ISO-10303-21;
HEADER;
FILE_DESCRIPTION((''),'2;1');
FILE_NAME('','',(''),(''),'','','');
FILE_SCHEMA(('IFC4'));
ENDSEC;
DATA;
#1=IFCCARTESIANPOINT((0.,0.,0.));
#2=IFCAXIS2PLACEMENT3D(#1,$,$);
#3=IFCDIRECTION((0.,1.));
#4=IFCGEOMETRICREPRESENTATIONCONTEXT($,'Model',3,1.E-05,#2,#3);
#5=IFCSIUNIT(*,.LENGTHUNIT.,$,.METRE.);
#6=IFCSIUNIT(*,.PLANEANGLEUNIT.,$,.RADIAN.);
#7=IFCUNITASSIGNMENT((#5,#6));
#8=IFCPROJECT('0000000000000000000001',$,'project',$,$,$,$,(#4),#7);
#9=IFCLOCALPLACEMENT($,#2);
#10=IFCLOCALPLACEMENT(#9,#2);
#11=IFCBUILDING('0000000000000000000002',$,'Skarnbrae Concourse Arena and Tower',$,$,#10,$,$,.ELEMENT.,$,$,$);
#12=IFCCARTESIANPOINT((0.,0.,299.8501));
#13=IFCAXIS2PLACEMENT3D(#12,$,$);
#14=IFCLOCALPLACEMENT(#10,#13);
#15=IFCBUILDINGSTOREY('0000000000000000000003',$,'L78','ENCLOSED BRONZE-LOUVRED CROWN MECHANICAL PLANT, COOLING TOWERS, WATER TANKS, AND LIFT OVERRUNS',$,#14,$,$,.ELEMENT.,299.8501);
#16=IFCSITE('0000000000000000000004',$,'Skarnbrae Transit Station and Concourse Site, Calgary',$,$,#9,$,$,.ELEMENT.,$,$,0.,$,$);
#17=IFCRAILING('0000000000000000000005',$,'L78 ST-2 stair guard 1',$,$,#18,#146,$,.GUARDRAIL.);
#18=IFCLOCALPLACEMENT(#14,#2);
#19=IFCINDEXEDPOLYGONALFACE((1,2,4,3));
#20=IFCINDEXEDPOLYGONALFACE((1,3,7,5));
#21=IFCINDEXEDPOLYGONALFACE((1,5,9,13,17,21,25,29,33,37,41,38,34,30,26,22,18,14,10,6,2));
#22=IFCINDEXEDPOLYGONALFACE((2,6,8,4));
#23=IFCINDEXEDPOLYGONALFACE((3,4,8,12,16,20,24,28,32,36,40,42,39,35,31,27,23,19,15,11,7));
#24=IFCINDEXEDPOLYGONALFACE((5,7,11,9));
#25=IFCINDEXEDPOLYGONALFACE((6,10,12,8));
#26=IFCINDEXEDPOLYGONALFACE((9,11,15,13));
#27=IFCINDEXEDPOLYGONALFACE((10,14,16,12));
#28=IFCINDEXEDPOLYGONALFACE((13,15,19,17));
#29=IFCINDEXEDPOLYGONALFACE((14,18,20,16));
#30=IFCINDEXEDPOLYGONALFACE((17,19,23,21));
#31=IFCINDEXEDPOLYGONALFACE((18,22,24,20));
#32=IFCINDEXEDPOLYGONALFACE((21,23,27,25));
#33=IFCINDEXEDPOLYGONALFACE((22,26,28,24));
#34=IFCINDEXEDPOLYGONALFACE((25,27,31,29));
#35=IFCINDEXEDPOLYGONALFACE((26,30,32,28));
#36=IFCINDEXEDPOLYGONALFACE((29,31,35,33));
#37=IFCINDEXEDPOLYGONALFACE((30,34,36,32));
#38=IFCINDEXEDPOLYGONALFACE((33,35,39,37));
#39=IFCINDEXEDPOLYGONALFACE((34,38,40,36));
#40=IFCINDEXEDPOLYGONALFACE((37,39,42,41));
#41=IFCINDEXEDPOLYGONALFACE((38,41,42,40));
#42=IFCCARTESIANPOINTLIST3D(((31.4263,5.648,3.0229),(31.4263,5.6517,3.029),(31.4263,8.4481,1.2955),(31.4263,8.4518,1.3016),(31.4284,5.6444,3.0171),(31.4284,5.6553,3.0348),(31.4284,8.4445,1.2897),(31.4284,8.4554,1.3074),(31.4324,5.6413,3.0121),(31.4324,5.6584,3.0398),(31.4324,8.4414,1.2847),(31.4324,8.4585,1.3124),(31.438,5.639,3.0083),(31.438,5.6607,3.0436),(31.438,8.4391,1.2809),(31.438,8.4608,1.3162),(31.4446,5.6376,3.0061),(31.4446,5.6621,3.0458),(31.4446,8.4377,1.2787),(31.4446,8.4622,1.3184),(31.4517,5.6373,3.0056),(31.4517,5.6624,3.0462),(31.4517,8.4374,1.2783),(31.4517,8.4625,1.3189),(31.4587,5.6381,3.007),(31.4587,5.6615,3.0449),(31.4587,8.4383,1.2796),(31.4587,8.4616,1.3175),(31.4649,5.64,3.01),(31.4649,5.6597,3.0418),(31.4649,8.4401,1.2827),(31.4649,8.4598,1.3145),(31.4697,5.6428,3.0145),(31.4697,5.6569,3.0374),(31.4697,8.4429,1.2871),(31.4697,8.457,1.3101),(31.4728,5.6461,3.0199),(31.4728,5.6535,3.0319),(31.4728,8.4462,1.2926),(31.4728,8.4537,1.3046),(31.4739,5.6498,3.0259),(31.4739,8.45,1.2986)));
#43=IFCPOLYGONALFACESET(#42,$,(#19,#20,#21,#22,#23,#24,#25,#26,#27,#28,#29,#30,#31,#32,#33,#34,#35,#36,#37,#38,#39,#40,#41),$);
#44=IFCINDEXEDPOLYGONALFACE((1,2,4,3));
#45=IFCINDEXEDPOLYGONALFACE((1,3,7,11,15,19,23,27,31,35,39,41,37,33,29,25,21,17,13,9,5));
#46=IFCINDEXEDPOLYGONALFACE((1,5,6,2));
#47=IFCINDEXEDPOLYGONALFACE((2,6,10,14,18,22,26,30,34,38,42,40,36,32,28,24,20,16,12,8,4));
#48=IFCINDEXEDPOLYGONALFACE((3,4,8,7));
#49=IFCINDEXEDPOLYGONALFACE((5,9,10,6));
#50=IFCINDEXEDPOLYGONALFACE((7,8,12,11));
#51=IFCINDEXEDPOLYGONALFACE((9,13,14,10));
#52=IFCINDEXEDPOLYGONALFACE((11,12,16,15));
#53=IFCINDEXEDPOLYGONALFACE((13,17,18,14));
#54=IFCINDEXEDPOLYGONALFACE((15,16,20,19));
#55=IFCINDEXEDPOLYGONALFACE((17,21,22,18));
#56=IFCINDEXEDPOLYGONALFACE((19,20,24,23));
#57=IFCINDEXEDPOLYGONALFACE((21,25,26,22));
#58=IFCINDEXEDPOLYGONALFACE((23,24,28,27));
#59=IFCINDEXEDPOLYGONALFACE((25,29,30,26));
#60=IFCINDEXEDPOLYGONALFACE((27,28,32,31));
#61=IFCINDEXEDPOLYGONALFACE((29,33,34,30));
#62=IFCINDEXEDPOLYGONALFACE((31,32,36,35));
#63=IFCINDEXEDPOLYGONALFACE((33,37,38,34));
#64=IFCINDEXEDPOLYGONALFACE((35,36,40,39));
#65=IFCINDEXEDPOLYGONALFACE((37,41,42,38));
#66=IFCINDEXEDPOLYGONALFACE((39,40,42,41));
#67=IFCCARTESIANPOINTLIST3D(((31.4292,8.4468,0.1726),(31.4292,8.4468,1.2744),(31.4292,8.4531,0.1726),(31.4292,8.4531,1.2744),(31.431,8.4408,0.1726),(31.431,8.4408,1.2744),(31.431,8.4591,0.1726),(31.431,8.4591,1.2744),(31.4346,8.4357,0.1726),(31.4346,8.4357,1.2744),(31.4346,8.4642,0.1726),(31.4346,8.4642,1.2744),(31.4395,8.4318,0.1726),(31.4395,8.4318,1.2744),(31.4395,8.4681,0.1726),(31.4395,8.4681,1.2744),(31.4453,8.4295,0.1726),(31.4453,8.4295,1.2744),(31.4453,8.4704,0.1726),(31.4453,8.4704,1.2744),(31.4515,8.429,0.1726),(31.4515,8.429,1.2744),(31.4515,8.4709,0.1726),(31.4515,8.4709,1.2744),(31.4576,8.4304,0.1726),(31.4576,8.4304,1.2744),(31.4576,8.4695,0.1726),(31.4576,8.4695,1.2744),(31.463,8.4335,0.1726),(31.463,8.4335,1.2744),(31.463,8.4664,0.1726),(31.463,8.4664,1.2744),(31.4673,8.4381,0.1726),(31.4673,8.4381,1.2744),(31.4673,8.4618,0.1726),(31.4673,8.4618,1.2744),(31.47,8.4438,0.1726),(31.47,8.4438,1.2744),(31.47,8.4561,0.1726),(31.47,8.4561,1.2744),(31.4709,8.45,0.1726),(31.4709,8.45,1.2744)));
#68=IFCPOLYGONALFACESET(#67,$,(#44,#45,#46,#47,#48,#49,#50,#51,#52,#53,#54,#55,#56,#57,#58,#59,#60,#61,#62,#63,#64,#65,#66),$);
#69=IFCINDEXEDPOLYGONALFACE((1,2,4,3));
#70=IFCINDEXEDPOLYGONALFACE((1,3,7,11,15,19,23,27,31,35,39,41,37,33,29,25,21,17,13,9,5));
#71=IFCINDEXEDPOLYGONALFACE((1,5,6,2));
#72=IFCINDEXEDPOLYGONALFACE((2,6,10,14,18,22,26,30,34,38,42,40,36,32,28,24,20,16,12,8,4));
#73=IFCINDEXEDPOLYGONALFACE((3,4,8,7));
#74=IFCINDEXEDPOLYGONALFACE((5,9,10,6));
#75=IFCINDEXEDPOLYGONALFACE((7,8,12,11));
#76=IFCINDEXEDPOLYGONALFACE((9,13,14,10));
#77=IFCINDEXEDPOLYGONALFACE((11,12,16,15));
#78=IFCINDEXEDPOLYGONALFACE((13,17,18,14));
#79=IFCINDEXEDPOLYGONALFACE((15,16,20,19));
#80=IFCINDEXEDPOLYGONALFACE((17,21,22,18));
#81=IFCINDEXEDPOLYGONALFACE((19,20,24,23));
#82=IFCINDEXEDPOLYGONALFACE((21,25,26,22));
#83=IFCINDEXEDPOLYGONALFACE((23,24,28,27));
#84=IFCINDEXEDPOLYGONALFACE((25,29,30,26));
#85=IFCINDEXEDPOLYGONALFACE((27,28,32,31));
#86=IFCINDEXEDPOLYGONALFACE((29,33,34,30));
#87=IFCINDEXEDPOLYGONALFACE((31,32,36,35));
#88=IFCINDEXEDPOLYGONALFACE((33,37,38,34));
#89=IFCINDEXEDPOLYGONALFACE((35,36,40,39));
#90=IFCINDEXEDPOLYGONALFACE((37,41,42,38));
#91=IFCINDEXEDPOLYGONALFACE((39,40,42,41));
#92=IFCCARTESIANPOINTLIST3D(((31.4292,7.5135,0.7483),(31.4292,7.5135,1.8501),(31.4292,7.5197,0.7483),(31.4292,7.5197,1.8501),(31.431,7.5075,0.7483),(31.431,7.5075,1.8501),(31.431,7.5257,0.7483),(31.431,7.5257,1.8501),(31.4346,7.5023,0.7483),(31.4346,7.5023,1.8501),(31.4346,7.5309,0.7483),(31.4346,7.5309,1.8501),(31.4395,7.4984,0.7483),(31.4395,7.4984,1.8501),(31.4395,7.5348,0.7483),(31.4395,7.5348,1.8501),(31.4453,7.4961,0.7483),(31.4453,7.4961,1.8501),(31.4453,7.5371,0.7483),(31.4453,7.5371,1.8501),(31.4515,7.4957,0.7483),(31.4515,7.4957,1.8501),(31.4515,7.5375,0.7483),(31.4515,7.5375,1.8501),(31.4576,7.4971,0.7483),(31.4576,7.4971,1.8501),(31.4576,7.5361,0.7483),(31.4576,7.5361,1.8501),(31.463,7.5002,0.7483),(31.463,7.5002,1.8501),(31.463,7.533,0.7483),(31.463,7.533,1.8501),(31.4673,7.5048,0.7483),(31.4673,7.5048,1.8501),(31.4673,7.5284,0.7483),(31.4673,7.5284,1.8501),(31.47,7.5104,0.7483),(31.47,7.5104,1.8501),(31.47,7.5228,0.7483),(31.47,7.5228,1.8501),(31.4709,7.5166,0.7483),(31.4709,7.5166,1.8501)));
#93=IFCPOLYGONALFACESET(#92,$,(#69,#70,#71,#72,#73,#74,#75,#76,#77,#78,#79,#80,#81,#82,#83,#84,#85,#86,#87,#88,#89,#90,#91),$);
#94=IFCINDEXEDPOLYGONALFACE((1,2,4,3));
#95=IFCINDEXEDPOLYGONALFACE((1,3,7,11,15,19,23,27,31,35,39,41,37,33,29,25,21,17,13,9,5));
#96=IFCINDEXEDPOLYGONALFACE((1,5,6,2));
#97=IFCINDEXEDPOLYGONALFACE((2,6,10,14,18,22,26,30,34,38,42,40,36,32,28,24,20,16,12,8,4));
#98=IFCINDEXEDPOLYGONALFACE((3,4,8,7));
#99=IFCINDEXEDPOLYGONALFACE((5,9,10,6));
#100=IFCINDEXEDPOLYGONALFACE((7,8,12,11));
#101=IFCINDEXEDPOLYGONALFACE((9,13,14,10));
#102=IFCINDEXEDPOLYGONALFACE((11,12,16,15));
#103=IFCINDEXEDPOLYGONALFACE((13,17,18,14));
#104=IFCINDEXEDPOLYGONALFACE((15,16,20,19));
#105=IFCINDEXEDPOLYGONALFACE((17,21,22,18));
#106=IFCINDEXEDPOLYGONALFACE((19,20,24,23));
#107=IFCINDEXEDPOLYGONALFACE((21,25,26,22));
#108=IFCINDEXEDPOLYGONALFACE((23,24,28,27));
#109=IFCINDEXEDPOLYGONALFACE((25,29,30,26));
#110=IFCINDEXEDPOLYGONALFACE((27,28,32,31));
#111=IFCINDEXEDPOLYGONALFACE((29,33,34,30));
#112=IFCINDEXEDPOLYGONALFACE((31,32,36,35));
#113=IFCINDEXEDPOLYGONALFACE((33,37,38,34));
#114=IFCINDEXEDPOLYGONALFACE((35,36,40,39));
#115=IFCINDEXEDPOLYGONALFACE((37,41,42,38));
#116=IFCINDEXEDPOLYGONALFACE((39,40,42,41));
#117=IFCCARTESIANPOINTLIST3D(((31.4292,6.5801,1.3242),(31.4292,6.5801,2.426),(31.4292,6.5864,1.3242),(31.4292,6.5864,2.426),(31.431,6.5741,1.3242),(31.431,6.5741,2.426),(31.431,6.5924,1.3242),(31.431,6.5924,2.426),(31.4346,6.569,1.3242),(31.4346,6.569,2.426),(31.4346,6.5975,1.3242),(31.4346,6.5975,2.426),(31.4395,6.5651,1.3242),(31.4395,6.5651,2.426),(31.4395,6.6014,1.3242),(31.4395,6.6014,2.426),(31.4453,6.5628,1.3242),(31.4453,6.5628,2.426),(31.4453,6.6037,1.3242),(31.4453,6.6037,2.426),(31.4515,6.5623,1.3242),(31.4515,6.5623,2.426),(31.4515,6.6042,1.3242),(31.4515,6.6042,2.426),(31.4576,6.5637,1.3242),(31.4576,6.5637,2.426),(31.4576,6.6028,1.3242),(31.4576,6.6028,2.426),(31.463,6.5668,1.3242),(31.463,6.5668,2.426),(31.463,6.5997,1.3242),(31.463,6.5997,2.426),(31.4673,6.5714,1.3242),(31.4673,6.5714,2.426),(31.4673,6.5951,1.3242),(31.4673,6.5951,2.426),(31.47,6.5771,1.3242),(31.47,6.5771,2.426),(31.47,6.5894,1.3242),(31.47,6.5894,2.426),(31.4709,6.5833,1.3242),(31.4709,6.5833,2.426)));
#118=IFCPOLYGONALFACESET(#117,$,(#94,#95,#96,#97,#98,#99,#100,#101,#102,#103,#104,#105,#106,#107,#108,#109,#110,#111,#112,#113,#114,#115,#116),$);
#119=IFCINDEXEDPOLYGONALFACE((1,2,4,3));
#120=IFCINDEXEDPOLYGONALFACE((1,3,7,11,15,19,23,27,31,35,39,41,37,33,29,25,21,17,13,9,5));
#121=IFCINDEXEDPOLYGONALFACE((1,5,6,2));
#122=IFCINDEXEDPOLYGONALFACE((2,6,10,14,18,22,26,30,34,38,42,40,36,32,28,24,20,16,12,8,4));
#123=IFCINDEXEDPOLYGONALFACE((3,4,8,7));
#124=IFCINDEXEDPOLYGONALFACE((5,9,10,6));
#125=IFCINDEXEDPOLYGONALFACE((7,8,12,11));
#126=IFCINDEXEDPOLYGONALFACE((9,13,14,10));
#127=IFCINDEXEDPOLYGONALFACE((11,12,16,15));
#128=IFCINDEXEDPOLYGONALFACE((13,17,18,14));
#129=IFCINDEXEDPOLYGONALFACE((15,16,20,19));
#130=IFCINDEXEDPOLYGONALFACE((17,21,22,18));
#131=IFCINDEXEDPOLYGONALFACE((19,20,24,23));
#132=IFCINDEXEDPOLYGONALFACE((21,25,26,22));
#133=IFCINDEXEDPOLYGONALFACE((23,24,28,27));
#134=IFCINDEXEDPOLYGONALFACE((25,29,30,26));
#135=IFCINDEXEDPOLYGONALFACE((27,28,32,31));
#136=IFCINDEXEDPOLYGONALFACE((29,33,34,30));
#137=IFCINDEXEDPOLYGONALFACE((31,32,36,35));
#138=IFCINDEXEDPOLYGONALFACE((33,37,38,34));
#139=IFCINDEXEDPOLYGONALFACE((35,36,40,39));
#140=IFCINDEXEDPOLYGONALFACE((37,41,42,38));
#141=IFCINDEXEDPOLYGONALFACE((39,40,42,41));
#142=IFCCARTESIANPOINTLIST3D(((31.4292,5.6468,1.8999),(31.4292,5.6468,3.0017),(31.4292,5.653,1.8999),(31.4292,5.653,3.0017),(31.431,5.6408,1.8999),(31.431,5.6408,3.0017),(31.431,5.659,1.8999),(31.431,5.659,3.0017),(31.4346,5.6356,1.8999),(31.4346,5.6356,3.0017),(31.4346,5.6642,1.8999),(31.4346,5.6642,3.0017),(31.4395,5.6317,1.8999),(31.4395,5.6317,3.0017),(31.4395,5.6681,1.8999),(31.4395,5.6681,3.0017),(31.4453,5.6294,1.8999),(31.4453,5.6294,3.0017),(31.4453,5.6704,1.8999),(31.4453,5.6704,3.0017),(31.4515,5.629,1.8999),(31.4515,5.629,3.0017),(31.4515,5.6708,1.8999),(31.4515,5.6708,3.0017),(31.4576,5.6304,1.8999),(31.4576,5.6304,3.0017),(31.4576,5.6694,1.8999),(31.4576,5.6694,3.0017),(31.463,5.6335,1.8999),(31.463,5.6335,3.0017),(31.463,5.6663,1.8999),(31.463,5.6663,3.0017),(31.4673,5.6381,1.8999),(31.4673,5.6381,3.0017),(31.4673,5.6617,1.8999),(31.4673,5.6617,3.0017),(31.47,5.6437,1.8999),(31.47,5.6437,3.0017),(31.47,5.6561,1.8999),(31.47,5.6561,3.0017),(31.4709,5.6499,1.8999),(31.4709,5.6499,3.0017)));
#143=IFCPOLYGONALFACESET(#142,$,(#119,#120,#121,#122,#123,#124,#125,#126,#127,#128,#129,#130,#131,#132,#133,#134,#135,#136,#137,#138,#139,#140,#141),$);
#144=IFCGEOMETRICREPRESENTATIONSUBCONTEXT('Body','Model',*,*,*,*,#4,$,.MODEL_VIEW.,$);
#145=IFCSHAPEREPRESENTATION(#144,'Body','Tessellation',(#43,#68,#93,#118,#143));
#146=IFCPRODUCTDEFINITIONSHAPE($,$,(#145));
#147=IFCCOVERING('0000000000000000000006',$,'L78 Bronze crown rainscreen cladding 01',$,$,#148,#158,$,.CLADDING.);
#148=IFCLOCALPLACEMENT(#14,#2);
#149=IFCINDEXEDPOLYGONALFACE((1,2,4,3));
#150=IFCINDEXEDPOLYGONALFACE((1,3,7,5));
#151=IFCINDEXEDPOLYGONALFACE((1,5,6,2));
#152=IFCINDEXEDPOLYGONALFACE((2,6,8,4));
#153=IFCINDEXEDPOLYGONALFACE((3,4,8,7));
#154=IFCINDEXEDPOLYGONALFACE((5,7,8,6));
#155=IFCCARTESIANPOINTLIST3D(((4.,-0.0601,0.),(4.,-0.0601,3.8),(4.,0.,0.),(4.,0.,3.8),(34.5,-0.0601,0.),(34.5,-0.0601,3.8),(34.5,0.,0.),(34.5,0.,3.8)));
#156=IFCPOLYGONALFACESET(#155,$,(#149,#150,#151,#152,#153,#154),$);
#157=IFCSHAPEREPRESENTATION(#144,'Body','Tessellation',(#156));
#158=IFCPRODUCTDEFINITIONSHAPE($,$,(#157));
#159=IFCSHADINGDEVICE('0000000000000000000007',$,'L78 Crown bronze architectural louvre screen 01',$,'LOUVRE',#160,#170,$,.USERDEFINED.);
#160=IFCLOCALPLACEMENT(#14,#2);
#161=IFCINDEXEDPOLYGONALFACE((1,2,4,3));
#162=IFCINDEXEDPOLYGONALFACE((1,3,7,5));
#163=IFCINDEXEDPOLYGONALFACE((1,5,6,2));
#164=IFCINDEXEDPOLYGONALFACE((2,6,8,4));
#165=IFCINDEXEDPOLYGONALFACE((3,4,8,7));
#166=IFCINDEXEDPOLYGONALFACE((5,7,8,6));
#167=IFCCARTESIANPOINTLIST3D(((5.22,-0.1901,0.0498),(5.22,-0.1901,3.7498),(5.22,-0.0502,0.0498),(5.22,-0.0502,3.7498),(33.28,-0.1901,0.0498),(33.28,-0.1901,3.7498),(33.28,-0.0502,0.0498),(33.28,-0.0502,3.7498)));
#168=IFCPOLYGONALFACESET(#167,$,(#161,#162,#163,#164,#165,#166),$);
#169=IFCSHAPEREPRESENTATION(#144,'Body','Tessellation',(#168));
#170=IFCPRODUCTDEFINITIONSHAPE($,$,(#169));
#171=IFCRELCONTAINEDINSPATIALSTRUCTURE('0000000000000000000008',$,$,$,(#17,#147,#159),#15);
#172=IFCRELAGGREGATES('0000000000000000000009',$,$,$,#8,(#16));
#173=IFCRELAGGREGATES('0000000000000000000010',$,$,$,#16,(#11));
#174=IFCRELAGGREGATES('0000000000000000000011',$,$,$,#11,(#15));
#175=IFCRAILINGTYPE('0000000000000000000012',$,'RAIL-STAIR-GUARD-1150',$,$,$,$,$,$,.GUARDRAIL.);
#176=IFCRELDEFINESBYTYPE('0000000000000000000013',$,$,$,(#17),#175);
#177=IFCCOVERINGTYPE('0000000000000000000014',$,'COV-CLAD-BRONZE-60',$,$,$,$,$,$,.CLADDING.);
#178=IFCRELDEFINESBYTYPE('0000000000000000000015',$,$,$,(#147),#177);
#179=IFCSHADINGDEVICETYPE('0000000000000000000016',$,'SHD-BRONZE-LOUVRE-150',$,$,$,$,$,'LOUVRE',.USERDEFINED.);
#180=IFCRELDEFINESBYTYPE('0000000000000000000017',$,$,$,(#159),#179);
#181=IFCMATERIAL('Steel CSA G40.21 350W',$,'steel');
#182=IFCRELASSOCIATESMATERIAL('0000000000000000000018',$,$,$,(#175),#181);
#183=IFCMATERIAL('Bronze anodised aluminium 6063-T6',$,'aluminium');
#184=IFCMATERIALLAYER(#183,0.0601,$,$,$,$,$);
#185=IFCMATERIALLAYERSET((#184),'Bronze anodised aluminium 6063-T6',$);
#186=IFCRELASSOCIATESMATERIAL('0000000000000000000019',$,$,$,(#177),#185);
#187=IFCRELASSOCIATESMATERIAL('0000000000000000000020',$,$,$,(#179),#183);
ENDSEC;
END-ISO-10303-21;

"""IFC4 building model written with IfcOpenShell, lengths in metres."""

from ifc_helpers import new_model, si_unit, direction, frame, origin, origin_2d, place, context, subcontext, project, spatial, rectangle, circle, extrude, source, transform, mapped, material, layer, layer_set, type_object, element, save


model = new_model("IFC4")

# Units and contexts
model_context = context("Model", 3, precision=1e-05, world=origin(), true_north=direction((0.0, 1.0)))
body_context = subcontext(model_context, "Body", "Model", "MODEL_VIEW")
ifc_project = project(units=[si_unit("LENGTHUNIT", "METRE"), si_unit("PLANEANGLEUNIT", "RADIAN")], contexts=[model_context])

# Site, building, storey
site_placement = place(None, origin())
site = spatial("IfcSite", under=ifc_project, at=site_placement, Name="Skarnbrae Transit Station and Concourse Site, Calgary", CompositionType="ELEMENT", RefElevation=0.0)
building_placement = place(site_placement, origin())
building = spatial("IfcBuilding", under=site, at=building_placement, Name="Skarnbrae Concourse Arena and Tower", CompositionType="ELEMENT")
storey_placement = place(building_placement, frame((0.0, 0.0, 299.8501)))
storey = spatial("IfcBuildingStorey", under=building, at=storey_placement, Name="L78", Description="ENCLOSED BRONZE-LOUVRED CROWN MECHANICAL PLANT, COOLING TOWERS, WATER TANKS, AND LIFT OVERRUNS", CompositionType="ELEMENT", Elevation=299.8501)

# Shared definitions
ifc_material_1 = material(Name="Steel CSA G40.21 350W", Category="steel")

# Railing
railing_type_1 = type_object("IfcRailingType", Name="RAIL-STAIR-GUARD-1150", PredefinedType="GUARDRAIL", material=ifc_material_1)
railing_1_placement = place(storey_placement, frame((31.45, 8.45, 0.1726)))
element("IfcRailing", 1, at=railing_1_placement, inside=storey, type_object=railing_type_1, Name="L78 ST-2 stair guard 1", PredefinedType="GUARDRAIL", context=body_context, shape_type="SweptSolid", body=[
    extrude(circle(Radius=0.0239, at=origin_2d()), frame((0.0, 0.0, 1.126), z_axis=(0.0, -0.85109, 0.52502), x_axis=(1.0, 0.0, 0.0)), (0.0, 0.0, 1.0), 3.29),
    extrude(circle(Radius=0.021, at=origin_2d()), origin(), (0.0, 0.0, 1.0), 1.1018),
    extrude(circle(Radius=0.021, at=origin_2d()), frame((0.0, -0.9333, 0.5757)), (0.0, 0.0, 1.0), 1.1018),
    extrude(circle(Radius=0.021, at=origin_2d()), frame((0.0, -1.8667, 1.1516)), (0.0, 0.0, 1.0), 1.1018),
    extrude(circle(Radius=0.021, at=origin_2d()), frame((0.0, -2.8, 1.7273)), (0.0, 0.0, 1.0), 1.1018),
])

# Covering
ifc_material_2 = material(Name="Bronze anodised aluminium 6063-T6", Category="aluminium")
ifc_layer_1 = layer(ifc_material_2, 0.0601)
ifc_layer_set_1 = layer_set([ifc_layer_1], Name="Bronze anodised aluminium 6063-T6")
covering_type = type_object("IfcCoveringType", Name="COV-CLAD-BRONZE-60", PredefinedType="CLADDING", material=ifc_layer_set_1)
shared_shape_1 = source(origin(), body_context, "Body", "SweptSolid", [
    extrude(rectangle(XDim=30.5, YDim=0.0601, at=origin_2d()), origin(), (0.0, 0.0, 1.0), 3.8),
])
covering_placement = place(storey_placement, frame((19.25, -0.03, 0.0), z_axis=(0.0, 0.0, 1.0), x_axis=(1.0, 0.0, 0.0)))
element("IfcCovering", 2, at=covering_placement, inside=storey, type_object=covering_type, Name="L78 Bronze crown rainscreen cladding 01", PredefinedType="CLADDING", context=body_context, shape_type="MappedRepresentation", body=[
    mapped(shared_shape_1, transform((0.0, 0.0, 0.0))),
])

# Shading device
shading_device_type = type_object("IfcShadingDeviceType", Name="SHD-BRONZE-LOUVRE-150", ElementType="LOUVRE", PredefinedType="USERDEFINED", material=ifc_material_2)
shared_shape_2 = source(origin(), body_context, "Body", "SweptSolid", [
    extrude(rectangle(XDim=28.0601, YDim=0.1399, at=origin_2d()), origin(), (0.0, 0.0, 1.0), 3.7),
])
shading_device_placement = place(storey_placement, frame((19.25, -0.1201, 0.0498), z_axis=(0.0, 0.0, 1.0), x_axis=(1.0, 0.0, 0.0)))
element("IfcShadingDevice", 3, at=shading_device_placement, inside=storey, type_object=shading_device_type, Name="L78 Crown bronze architectural louvre screen 01", ObjectType="LOUVRE", PredefinedType="USERDEFINED", context=body_context, shape_type="MappedRepresentation", body=[
    mapped(shared_shape_2, transform((0.0, 0.0, 0.0))),
])

save(model, "model.ifc")
